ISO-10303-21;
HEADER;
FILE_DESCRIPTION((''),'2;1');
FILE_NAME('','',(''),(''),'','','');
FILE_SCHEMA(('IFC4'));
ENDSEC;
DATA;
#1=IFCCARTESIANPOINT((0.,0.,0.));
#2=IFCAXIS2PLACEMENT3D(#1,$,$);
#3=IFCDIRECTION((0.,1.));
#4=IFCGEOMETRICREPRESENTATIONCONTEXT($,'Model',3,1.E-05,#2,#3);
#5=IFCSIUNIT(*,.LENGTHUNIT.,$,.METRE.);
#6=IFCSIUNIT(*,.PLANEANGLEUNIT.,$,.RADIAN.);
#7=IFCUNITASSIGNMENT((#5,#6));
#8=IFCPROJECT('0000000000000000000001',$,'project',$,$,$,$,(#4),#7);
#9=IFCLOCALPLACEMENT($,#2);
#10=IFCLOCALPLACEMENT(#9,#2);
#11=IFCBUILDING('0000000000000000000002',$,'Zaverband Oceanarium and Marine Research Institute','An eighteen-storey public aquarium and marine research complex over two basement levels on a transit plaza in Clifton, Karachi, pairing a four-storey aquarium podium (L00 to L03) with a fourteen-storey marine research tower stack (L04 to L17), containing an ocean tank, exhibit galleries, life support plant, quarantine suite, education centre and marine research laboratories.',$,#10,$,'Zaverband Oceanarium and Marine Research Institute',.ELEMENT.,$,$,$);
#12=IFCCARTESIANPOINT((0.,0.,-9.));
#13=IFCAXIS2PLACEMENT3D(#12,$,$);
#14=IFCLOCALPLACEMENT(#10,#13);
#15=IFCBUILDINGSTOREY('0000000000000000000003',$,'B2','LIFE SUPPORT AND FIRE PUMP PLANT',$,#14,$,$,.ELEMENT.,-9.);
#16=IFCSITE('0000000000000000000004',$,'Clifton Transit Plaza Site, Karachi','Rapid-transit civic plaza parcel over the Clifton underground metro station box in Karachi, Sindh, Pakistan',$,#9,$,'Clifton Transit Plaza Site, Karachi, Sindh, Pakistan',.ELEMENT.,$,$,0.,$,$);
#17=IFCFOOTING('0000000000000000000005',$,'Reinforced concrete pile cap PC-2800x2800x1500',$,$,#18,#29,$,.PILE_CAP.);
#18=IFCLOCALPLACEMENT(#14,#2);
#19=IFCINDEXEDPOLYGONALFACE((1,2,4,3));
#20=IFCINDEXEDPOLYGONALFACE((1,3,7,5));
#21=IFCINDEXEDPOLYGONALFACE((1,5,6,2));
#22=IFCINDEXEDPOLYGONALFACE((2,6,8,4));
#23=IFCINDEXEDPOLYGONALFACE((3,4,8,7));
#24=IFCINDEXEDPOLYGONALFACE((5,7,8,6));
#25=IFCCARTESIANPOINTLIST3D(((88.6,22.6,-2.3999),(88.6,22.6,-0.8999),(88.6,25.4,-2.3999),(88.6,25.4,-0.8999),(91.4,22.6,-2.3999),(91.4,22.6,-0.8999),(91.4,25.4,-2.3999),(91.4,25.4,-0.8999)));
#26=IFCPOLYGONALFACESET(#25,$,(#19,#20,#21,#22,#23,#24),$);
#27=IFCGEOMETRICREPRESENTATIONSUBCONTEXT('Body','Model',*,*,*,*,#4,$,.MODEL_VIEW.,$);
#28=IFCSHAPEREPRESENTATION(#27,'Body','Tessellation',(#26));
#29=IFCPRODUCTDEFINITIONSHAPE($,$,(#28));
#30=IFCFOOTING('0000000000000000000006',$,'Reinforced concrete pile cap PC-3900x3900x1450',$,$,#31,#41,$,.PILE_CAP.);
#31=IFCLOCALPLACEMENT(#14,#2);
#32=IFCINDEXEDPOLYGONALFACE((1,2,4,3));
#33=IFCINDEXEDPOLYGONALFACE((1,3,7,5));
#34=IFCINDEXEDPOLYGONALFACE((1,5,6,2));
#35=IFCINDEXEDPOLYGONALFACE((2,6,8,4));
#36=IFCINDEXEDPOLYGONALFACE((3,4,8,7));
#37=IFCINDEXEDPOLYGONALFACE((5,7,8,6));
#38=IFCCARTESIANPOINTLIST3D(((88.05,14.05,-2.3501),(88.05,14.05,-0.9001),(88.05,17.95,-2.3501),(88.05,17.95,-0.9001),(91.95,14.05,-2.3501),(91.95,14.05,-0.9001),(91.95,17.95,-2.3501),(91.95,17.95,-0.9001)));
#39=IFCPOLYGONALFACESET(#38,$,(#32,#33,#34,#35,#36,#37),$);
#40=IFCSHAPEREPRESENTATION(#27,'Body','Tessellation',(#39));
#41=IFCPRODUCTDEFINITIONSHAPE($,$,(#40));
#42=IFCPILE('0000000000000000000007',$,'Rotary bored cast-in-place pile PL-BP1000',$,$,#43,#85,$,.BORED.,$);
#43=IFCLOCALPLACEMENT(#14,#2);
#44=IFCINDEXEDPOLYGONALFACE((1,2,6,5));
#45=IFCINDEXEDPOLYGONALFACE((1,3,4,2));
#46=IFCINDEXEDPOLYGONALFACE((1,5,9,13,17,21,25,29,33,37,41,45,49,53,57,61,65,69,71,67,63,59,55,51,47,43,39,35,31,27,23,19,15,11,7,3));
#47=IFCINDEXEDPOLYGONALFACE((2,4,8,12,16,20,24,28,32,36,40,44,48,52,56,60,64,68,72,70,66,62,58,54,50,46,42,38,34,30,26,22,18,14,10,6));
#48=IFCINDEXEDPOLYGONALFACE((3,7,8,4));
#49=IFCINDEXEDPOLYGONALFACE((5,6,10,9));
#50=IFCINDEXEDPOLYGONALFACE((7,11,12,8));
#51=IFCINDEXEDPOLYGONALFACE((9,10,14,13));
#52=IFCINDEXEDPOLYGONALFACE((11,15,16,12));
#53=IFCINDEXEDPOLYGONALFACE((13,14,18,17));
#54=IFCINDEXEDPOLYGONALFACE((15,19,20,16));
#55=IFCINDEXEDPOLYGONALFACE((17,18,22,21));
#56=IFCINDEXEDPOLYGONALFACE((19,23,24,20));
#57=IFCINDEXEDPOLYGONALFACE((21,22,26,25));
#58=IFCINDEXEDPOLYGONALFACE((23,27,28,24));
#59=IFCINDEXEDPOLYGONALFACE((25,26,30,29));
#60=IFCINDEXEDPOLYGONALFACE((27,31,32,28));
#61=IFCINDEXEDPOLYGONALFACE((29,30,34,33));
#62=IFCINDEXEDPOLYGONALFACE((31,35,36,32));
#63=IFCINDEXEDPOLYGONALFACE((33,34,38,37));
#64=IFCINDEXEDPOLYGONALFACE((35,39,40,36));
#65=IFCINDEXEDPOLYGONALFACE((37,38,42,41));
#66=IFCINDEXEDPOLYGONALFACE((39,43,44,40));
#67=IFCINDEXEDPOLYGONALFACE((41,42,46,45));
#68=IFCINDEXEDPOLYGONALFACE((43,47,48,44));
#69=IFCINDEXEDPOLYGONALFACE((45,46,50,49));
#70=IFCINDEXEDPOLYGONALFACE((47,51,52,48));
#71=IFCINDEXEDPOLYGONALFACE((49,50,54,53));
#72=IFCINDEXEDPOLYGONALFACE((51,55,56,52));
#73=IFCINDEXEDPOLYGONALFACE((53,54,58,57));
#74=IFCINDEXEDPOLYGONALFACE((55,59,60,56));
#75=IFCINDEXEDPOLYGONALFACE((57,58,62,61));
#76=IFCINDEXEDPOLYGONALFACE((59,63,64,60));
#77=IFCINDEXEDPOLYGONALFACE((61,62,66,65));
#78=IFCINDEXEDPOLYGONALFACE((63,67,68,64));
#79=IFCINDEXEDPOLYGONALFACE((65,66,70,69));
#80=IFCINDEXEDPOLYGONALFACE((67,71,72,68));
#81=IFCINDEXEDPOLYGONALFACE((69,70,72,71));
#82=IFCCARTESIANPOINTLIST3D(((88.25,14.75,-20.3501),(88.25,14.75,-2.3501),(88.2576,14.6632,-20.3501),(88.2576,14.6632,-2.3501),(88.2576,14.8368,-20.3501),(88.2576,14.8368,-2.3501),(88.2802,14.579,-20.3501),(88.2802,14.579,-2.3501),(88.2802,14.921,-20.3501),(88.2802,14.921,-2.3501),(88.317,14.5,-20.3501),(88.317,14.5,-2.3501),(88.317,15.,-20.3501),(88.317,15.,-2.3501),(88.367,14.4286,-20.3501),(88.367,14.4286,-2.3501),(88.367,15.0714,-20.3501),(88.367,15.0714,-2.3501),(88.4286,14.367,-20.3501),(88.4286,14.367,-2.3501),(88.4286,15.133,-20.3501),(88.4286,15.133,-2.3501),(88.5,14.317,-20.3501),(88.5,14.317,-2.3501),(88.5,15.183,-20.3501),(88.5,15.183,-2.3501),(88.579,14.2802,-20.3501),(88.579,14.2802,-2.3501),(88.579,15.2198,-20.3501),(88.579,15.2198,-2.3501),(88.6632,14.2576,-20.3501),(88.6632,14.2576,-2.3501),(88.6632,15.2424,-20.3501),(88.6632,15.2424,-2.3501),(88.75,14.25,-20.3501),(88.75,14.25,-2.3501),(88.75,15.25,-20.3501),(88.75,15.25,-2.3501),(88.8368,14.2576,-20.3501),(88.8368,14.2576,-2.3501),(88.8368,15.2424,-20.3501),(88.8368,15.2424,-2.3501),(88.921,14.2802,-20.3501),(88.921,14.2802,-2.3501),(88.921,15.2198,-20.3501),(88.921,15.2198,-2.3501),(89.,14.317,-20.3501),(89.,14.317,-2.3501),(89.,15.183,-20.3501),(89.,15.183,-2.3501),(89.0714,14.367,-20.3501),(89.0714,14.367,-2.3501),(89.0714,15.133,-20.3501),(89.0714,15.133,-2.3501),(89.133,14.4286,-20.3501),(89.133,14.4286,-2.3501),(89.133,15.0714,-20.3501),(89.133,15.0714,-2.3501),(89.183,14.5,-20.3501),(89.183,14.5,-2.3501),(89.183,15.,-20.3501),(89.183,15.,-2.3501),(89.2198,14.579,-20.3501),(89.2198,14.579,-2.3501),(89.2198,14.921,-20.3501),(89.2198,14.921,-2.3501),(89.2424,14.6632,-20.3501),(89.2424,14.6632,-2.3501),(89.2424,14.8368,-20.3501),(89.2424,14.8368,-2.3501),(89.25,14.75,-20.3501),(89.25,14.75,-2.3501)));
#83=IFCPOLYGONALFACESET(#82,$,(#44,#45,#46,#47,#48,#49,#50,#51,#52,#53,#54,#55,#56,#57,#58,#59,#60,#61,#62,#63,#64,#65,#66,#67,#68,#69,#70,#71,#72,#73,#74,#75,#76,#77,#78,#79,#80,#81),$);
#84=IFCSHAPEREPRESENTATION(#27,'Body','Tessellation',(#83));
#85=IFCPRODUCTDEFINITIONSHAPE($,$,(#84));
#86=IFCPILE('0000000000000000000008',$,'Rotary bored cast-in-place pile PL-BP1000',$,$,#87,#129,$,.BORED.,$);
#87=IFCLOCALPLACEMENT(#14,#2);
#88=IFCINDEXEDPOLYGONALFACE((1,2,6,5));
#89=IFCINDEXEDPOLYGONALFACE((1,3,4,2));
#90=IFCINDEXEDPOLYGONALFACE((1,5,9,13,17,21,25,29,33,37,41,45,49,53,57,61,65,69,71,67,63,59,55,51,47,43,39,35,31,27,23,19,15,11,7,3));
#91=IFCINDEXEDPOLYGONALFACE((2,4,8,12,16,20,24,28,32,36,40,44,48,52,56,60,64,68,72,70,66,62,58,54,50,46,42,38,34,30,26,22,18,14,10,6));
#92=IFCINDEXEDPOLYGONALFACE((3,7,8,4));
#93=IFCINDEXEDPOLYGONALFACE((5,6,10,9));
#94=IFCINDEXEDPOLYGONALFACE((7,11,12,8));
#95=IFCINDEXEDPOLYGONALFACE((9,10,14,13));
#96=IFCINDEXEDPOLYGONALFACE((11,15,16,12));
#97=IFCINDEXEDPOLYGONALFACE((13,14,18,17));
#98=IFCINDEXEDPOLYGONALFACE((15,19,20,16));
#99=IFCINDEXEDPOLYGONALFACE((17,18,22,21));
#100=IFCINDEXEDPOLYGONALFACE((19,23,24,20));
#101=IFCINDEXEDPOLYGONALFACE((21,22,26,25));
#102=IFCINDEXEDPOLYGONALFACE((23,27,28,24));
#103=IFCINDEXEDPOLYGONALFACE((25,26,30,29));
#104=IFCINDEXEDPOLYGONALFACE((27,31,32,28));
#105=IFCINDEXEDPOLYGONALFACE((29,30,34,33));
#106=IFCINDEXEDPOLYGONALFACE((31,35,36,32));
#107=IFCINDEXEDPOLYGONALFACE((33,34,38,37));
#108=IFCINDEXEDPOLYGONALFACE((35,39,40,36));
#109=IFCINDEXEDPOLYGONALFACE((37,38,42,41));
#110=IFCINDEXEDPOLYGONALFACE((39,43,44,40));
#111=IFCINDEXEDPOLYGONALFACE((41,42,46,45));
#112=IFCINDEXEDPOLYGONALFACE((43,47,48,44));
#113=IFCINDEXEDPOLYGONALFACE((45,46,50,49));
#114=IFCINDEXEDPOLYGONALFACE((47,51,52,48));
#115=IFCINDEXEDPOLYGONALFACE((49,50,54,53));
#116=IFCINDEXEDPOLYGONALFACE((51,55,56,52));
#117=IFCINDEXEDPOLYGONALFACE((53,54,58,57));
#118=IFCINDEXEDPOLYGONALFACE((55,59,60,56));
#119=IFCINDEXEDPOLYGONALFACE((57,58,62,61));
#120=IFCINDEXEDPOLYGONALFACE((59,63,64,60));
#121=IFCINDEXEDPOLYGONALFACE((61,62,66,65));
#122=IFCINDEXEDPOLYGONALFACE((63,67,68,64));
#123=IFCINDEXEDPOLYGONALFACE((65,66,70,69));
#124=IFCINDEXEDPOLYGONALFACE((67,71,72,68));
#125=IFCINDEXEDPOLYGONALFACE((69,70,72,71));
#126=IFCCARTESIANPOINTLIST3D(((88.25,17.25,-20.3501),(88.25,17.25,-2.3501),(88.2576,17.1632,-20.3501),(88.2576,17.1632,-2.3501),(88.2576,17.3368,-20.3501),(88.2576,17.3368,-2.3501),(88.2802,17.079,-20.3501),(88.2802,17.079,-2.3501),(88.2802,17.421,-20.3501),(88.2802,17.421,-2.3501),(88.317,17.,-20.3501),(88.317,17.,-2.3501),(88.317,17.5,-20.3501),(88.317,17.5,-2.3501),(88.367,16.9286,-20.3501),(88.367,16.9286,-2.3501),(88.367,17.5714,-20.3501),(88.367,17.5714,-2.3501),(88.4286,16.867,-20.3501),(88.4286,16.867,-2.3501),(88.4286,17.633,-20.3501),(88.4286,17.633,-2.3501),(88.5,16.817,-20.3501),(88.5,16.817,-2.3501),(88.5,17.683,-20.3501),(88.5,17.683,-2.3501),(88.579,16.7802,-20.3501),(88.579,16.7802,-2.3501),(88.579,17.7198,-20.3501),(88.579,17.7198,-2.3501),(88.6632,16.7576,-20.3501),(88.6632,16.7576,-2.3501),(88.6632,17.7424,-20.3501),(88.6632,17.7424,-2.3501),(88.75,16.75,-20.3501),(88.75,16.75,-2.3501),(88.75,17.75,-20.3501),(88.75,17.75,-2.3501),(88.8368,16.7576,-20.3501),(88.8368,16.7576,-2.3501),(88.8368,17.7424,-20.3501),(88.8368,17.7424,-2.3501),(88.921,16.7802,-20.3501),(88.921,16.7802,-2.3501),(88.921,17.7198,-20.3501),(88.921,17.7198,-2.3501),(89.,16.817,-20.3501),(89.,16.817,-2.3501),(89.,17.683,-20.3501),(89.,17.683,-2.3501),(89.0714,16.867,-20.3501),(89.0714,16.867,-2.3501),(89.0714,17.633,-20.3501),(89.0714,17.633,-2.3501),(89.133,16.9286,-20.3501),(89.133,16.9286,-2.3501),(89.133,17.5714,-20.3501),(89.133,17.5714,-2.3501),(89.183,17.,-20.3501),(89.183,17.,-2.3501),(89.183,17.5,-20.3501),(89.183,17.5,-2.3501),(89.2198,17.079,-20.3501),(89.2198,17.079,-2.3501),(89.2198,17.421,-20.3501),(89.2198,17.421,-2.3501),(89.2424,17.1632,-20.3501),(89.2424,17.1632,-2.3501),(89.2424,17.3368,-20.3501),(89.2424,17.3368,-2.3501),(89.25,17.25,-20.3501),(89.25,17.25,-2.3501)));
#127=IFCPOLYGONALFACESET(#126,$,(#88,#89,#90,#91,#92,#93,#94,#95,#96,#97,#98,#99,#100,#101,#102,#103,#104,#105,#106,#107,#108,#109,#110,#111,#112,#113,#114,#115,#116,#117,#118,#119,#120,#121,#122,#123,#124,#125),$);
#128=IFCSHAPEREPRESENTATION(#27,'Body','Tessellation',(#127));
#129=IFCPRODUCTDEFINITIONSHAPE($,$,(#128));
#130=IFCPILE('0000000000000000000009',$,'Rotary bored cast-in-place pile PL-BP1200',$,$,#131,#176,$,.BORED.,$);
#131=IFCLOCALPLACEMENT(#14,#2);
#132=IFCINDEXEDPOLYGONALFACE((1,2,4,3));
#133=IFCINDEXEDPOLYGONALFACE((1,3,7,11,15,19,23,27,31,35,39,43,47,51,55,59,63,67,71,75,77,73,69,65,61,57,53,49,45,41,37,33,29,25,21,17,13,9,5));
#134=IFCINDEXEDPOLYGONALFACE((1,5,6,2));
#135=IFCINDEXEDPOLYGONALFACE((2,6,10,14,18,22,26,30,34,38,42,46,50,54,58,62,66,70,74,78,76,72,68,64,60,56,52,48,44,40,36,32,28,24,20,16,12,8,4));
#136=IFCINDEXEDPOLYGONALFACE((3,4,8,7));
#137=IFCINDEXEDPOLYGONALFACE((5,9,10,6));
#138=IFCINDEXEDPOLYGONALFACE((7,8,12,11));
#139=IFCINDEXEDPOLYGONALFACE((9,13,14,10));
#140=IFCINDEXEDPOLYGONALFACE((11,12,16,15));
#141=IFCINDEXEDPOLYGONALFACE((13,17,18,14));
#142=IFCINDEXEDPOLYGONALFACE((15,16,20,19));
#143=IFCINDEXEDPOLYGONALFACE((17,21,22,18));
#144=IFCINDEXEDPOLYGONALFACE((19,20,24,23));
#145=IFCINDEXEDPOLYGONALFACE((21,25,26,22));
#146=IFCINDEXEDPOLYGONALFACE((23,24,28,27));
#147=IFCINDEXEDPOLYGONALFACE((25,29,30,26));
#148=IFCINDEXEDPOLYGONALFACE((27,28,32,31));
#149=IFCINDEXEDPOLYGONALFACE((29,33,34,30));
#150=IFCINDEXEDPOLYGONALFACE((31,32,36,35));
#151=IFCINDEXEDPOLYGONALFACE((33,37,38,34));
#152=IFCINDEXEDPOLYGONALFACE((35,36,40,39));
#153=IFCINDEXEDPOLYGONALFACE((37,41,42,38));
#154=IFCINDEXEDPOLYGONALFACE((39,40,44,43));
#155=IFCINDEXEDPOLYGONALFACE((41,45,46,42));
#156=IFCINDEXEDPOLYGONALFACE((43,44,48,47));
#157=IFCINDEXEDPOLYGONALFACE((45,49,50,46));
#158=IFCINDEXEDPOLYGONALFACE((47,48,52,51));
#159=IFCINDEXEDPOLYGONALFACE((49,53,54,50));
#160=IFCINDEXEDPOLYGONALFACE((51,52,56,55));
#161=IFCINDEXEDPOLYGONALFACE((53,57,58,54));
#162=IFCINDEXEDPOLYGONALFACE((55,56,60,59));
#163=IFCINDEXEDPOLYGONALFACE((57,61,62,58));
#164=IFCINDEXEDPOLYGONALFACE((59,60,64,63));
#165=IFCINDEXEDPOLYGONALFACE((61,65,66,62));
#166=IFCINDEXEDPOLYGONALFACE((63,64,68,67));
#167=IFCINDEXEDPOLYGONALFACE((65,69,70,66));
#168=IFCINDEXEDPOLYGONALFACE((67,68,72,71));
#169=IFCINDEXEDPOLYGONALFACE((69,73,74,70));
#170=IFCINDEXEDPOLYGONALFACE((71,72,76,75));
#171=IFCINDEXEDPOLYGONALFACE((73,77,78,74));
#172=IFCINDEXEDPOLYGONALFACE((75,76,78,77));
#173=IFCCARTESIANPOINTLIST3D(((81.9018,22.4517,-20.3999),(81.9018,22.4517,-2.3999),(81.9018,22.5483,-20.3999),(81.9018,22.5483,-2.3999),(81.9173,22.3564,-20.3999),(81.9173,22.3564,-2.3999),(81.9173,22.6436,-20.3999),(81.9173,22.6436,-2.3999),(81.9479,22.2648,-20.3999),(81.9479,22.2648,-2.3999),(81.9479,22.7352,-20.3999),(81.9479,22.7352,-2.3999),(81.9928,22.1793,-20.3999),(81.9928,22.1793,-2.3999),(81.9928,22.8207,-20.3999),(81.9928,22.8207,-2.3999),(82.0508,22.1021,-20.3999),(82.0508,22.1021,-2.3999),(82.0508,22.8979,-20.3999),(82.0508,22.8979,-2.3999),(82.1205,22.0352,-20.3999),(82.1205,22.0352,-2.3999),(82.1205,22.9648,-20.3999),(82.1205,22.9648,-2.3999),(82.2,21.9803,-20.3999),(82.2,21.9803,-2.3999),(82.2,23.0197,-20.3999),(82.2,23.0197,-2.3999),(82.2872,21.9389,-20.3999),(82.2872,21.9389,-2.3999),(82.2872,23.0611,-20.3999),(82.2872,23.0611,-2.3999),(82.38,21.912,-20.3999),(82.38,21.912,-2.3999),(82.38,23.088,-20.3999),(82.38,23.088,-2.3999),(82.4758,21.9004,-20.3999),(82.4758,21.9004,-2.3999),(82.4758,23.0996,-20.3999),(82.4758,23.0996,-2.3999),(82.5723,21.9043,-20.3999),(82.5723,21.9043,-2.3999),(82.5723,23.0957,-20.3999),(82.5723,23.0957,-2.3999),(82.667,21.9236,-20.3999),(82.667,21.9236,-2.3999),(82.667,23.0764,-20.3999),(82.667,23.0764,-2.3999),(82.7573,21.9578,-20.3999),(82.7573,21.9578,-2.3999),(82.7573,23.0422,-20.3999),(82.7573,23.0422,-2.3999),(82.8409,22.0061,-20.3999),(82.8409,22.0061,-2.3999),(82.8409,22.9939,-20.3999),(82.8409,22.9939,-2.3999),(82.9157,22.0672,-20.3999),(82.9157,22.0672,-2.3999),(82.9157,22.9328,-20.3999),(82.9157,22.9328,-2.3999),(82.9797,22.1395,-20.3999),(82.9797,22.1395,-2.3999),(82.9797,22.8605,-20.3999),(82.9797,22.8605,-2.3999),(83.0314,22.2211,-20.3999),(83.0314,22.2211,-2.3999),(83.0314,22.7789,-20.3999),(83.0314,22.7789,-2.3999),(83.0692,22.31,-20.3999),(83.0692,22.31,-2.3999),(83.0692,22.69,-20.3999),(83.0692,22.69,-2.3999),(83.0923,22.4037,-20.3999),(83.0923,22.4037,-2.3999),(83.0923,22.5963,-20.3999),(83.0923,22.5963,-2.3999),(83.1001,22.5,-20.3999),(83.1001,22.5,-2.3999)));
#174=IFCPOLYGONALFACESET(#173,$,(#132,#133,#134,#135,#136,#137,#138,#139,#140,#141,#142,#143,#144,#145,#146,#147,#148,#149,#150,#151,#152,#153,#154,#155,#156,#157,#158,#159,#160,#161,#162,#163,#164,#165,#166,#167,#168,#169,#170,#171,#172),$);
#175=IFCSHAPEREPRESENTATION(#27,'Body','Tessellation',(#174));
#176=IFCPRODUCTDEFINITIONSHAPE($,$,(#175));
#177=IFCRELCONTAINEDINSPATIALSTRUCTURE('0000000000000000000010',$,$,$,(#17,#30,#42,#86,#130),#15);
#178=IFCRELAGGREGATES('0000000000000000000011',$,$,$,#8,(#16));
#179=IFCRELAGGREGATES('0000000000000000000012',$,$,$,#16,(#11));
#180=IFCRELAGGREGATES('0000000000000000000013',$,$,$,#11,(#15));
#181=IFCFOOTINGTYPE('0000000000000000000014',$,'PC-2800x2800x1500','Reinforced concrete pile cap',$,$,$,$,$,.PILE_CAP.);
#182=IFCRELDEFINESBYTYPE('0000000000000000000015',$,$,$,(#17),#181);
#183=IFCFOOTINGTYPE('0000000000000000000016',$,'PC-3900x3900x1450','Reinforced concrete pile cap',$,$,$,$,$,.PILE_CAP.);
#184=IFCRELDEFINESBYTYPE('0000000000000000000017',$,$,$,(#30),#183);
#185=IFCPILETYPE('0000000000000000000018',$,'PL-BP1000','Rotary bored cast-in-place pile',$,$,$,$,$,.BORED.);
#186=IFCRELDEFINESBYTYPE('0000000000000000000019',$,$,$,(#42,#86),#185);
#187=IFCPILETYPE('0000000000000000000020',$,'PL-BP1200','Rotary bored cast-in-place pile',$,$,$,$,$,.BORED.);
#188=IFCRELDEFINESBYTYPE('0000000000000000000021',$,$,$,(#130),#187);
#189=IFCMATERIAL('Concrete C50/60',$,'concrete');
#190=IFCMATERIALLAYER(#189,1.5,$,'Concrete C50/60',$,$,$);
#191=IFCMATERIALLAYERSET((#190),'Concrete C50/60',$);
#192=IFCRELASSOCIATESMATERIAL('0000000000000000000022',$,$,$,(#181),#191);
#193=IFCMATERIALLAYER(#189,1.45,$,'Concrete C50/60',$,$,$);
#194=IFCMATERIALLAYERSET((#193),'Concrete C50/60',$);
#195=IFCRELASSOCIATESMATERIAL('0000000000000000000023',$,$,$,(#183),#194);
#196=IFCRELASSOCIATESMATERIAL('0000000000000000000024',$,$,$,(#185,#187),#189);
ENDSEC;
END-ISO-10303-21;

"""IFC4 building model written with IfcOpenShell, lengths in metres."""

from ifc_helpers import new_model, si_unit, direction, frame, origin, origin_2d, place, context, subcontext, project, spatial, rectangle, circle, extrude, material, layer, layer_set, material_profile, profile_set, type_object, element, save


model = new_model("IFC4")

# Units and contexts
model_context = context("Model", 3, precision=1e-05, world=origin(), true_north=direction((0.0, 1.0)))
body_context = subcontext(model_context, "Body", "Model", "MODEL_VIEW")
ifc_project = project(units=[si_unit("LENGTHUNIT", "METRE"), si_unit("PLANEANGLEUNIT", "RADIAN")], contexts=[model_context])

# Site, building, storey
site_placement = place(None, origin())
site = spatial("IfcSite", under=ifc_project, at=site_placement, Name="Clifton Transit Plaza Site, Karachi", Description="Rapid-transit civic plaza parcel over the Clifton underground metro station box in Karachi, Sindh, Pakistan", LongName="Clifton Transit Plaza Site, Karachi, Sindh, Pakistan", CompositionType="ELEMENT", RefElevation=0.0)
building_placement = place(site_placement, origin())
building = spatial("IfcBuilding", under=site, at=building_placement, Name="Zaverband Oceanarium and Marine Research Institute", Description="An eighteen-storey public aquarium and marine research complex over two basement levels on a transit plaza in Clifton, Karachi, pairing a four-storey aquarium podium (L00 to L03) with a fourteen-storey marine research tower stack (L04 to L17), containing an ocean tank, exhibit galleries, life support plant, quarantine suite, education centre and marine research laboratories.", LongName="Zaverband Oceanarium and Marine Research Institute", CompositionType="ELEMENT")
storey_placement = place(building_placement, frame((0.0, 0.0, -9.0)))
storey = spatial("IfcBuildingStorey", under=building, at=storey_placement, Name="B2", Description="LIFE SUPPORT AND FIRE PUMP PLANT", CompositionType="ELEMENT", Elevation=-9.0)

# Footings
ifc_material_1 = material(Name="Concrete C50/60", Category="concrete")
ifc_layer_1 = layer(ifc_material_1, 1.5, Name="Concrete C50/60")
ifc_layer_set_1 = layer_set([ifc_layer_1], Name="Concrete C50/60")
footing_type_1 = type_object("IfcFootingType", Name="PC-2800x2800x1500", Description="Reinforced concrete pile cap", PredefinedType="PILE_CAP", material=ifc_layer_set_1)
footing_1_placement = place(storey_placement, frame((90.0, 24.0, -2.3999), z_axis=(0.0, 0.0, 1.0), x_axis=(1.0, 0.0, 0.0)))
element("IfcFooting", 1, at=footing_1_placement, inside=storey, type_object=footing_type_1, Name="Reinforced concrete pile cap PC-2800x2800x1500", PredefinedType="PILE_CAP", context=body_context, shape_type="SweptSolid", body=[
    extrude(rectangle(XDim=2.8, YDim=2.8, at=origin_2d()), origin(), (0.0, 0.0, 1.0), 1.5),
])
ifc_layer_2 = layer(ifc_material_1, 1.45, Name="Concrete C50/60")
ifc_layer_set_2 = layer_set([ifc_layer_2], Name="Concrete C50/60")
footing_type_2 = type_object("IfcFootingType", Name="PC-3900x3900x1450", Description="Reinforced concrete pile cap", PredefinedType="PILE_CAP", material=ifc_layer_set_2)
footing_2_placement = place(storey_placement, frame((90.0, 16.0, -2.3501), z_axis=(0.0, 0.0, 1.0), x_axis=(1.0, 0.0, 0.0)))
element("IfcFooting", 2, at=footing_2_placement, inside=storey, type_object=footing_type_2, Name="Reinforced concrete pile cap PC-3900x3900x1450", PredefinedType="PILE_CAP", context=body_context, shape_type="SweptSolid", body=[
    extrude(rectangle(XDim=3.8999, YDim=3.8999, at=origin_2d()), origin(), (0.0, 0.0, 1.0), 1.45),
])

# Piles
ifc_material_profile_1 = material_profile(ifc_material_1, circle(Radius=0.5, at=origin_2d()), Name="BP1000")
ifc_profile_set_1 = profile_set([ifc_material_profile_1], Name="Concrete C50/60")
pile_type_1 = type_object("IfcPileType", Name="PL-BP1000", Description="Rotary bored cast-in-place pile", PredefinedType="BORED", material=ifc_profile_set_1)
for number, where, z_axis, x_axis, name in (
    (3, (88.75, 14.75, -2.3501), (0.0, 0.0, -1.0), (1.0, 0.0, 0.0), "Rotary bored cast-in-place pile PL-BP1000"),
    (4, (88.75, 17.25, -2.3501), (0.0, 0.0, -1.0), (1.0, 0.0, 0.0), "Rotary bored cast-in-place pile PL-BP1000"),
):
    element("IfcPile", number, at=place(storey_placement, frame(where, z_axis=z_axis, x_axis=x_axis)), inside=storey, type_object=pile_type_1, Name=name, PredefinedType="BORED", context=body_context, shape_type="SweptSolid", body=[
        extrude(circle(Radius=0.5, at=origin_2d()), origin(), (0.0, 0.0, 1.0), 18.0),
    ])
ifc_material_profile_2 = material_profile(ifc_material_1, circle(Radius=0.6001, at=origin_2d()), Name="BP1200")
ifc_profile_set_2 = profile_set([ifc_material_profile_2], Name="Concrete C50/60")
pile_type_2 = type_object("IfcPileType", Name="PL-BP1200", Description="Rotary bored cast-in-place pile", PredefinedType="BORED", material=ifc_profile_set_2)
for number, where, z_axis, x_axis, name in (
    (5, (82.5, 22.5, -2.3999), (0.0, 0.0, -1.0), (1.0, 0.0, 0.0), "Rotary bored cast-in-place pile PL-BP1200"),
):
    element("IfcPile", number, at=place(storey_placement, frame(where, z_axis=z_axis, x_axis=x_axis)), inside=storey, type_object=pile_type_2, Name=name, PredefinedType="BORED", context=body_context, shape_type="SweptSolid", body=[
        extrude(circle(Radius=0.6001, at=origin_2d()), origin(), (0.0, 0.0, 1.0), 18.0),
    ])

save(model, "model.ifc")
